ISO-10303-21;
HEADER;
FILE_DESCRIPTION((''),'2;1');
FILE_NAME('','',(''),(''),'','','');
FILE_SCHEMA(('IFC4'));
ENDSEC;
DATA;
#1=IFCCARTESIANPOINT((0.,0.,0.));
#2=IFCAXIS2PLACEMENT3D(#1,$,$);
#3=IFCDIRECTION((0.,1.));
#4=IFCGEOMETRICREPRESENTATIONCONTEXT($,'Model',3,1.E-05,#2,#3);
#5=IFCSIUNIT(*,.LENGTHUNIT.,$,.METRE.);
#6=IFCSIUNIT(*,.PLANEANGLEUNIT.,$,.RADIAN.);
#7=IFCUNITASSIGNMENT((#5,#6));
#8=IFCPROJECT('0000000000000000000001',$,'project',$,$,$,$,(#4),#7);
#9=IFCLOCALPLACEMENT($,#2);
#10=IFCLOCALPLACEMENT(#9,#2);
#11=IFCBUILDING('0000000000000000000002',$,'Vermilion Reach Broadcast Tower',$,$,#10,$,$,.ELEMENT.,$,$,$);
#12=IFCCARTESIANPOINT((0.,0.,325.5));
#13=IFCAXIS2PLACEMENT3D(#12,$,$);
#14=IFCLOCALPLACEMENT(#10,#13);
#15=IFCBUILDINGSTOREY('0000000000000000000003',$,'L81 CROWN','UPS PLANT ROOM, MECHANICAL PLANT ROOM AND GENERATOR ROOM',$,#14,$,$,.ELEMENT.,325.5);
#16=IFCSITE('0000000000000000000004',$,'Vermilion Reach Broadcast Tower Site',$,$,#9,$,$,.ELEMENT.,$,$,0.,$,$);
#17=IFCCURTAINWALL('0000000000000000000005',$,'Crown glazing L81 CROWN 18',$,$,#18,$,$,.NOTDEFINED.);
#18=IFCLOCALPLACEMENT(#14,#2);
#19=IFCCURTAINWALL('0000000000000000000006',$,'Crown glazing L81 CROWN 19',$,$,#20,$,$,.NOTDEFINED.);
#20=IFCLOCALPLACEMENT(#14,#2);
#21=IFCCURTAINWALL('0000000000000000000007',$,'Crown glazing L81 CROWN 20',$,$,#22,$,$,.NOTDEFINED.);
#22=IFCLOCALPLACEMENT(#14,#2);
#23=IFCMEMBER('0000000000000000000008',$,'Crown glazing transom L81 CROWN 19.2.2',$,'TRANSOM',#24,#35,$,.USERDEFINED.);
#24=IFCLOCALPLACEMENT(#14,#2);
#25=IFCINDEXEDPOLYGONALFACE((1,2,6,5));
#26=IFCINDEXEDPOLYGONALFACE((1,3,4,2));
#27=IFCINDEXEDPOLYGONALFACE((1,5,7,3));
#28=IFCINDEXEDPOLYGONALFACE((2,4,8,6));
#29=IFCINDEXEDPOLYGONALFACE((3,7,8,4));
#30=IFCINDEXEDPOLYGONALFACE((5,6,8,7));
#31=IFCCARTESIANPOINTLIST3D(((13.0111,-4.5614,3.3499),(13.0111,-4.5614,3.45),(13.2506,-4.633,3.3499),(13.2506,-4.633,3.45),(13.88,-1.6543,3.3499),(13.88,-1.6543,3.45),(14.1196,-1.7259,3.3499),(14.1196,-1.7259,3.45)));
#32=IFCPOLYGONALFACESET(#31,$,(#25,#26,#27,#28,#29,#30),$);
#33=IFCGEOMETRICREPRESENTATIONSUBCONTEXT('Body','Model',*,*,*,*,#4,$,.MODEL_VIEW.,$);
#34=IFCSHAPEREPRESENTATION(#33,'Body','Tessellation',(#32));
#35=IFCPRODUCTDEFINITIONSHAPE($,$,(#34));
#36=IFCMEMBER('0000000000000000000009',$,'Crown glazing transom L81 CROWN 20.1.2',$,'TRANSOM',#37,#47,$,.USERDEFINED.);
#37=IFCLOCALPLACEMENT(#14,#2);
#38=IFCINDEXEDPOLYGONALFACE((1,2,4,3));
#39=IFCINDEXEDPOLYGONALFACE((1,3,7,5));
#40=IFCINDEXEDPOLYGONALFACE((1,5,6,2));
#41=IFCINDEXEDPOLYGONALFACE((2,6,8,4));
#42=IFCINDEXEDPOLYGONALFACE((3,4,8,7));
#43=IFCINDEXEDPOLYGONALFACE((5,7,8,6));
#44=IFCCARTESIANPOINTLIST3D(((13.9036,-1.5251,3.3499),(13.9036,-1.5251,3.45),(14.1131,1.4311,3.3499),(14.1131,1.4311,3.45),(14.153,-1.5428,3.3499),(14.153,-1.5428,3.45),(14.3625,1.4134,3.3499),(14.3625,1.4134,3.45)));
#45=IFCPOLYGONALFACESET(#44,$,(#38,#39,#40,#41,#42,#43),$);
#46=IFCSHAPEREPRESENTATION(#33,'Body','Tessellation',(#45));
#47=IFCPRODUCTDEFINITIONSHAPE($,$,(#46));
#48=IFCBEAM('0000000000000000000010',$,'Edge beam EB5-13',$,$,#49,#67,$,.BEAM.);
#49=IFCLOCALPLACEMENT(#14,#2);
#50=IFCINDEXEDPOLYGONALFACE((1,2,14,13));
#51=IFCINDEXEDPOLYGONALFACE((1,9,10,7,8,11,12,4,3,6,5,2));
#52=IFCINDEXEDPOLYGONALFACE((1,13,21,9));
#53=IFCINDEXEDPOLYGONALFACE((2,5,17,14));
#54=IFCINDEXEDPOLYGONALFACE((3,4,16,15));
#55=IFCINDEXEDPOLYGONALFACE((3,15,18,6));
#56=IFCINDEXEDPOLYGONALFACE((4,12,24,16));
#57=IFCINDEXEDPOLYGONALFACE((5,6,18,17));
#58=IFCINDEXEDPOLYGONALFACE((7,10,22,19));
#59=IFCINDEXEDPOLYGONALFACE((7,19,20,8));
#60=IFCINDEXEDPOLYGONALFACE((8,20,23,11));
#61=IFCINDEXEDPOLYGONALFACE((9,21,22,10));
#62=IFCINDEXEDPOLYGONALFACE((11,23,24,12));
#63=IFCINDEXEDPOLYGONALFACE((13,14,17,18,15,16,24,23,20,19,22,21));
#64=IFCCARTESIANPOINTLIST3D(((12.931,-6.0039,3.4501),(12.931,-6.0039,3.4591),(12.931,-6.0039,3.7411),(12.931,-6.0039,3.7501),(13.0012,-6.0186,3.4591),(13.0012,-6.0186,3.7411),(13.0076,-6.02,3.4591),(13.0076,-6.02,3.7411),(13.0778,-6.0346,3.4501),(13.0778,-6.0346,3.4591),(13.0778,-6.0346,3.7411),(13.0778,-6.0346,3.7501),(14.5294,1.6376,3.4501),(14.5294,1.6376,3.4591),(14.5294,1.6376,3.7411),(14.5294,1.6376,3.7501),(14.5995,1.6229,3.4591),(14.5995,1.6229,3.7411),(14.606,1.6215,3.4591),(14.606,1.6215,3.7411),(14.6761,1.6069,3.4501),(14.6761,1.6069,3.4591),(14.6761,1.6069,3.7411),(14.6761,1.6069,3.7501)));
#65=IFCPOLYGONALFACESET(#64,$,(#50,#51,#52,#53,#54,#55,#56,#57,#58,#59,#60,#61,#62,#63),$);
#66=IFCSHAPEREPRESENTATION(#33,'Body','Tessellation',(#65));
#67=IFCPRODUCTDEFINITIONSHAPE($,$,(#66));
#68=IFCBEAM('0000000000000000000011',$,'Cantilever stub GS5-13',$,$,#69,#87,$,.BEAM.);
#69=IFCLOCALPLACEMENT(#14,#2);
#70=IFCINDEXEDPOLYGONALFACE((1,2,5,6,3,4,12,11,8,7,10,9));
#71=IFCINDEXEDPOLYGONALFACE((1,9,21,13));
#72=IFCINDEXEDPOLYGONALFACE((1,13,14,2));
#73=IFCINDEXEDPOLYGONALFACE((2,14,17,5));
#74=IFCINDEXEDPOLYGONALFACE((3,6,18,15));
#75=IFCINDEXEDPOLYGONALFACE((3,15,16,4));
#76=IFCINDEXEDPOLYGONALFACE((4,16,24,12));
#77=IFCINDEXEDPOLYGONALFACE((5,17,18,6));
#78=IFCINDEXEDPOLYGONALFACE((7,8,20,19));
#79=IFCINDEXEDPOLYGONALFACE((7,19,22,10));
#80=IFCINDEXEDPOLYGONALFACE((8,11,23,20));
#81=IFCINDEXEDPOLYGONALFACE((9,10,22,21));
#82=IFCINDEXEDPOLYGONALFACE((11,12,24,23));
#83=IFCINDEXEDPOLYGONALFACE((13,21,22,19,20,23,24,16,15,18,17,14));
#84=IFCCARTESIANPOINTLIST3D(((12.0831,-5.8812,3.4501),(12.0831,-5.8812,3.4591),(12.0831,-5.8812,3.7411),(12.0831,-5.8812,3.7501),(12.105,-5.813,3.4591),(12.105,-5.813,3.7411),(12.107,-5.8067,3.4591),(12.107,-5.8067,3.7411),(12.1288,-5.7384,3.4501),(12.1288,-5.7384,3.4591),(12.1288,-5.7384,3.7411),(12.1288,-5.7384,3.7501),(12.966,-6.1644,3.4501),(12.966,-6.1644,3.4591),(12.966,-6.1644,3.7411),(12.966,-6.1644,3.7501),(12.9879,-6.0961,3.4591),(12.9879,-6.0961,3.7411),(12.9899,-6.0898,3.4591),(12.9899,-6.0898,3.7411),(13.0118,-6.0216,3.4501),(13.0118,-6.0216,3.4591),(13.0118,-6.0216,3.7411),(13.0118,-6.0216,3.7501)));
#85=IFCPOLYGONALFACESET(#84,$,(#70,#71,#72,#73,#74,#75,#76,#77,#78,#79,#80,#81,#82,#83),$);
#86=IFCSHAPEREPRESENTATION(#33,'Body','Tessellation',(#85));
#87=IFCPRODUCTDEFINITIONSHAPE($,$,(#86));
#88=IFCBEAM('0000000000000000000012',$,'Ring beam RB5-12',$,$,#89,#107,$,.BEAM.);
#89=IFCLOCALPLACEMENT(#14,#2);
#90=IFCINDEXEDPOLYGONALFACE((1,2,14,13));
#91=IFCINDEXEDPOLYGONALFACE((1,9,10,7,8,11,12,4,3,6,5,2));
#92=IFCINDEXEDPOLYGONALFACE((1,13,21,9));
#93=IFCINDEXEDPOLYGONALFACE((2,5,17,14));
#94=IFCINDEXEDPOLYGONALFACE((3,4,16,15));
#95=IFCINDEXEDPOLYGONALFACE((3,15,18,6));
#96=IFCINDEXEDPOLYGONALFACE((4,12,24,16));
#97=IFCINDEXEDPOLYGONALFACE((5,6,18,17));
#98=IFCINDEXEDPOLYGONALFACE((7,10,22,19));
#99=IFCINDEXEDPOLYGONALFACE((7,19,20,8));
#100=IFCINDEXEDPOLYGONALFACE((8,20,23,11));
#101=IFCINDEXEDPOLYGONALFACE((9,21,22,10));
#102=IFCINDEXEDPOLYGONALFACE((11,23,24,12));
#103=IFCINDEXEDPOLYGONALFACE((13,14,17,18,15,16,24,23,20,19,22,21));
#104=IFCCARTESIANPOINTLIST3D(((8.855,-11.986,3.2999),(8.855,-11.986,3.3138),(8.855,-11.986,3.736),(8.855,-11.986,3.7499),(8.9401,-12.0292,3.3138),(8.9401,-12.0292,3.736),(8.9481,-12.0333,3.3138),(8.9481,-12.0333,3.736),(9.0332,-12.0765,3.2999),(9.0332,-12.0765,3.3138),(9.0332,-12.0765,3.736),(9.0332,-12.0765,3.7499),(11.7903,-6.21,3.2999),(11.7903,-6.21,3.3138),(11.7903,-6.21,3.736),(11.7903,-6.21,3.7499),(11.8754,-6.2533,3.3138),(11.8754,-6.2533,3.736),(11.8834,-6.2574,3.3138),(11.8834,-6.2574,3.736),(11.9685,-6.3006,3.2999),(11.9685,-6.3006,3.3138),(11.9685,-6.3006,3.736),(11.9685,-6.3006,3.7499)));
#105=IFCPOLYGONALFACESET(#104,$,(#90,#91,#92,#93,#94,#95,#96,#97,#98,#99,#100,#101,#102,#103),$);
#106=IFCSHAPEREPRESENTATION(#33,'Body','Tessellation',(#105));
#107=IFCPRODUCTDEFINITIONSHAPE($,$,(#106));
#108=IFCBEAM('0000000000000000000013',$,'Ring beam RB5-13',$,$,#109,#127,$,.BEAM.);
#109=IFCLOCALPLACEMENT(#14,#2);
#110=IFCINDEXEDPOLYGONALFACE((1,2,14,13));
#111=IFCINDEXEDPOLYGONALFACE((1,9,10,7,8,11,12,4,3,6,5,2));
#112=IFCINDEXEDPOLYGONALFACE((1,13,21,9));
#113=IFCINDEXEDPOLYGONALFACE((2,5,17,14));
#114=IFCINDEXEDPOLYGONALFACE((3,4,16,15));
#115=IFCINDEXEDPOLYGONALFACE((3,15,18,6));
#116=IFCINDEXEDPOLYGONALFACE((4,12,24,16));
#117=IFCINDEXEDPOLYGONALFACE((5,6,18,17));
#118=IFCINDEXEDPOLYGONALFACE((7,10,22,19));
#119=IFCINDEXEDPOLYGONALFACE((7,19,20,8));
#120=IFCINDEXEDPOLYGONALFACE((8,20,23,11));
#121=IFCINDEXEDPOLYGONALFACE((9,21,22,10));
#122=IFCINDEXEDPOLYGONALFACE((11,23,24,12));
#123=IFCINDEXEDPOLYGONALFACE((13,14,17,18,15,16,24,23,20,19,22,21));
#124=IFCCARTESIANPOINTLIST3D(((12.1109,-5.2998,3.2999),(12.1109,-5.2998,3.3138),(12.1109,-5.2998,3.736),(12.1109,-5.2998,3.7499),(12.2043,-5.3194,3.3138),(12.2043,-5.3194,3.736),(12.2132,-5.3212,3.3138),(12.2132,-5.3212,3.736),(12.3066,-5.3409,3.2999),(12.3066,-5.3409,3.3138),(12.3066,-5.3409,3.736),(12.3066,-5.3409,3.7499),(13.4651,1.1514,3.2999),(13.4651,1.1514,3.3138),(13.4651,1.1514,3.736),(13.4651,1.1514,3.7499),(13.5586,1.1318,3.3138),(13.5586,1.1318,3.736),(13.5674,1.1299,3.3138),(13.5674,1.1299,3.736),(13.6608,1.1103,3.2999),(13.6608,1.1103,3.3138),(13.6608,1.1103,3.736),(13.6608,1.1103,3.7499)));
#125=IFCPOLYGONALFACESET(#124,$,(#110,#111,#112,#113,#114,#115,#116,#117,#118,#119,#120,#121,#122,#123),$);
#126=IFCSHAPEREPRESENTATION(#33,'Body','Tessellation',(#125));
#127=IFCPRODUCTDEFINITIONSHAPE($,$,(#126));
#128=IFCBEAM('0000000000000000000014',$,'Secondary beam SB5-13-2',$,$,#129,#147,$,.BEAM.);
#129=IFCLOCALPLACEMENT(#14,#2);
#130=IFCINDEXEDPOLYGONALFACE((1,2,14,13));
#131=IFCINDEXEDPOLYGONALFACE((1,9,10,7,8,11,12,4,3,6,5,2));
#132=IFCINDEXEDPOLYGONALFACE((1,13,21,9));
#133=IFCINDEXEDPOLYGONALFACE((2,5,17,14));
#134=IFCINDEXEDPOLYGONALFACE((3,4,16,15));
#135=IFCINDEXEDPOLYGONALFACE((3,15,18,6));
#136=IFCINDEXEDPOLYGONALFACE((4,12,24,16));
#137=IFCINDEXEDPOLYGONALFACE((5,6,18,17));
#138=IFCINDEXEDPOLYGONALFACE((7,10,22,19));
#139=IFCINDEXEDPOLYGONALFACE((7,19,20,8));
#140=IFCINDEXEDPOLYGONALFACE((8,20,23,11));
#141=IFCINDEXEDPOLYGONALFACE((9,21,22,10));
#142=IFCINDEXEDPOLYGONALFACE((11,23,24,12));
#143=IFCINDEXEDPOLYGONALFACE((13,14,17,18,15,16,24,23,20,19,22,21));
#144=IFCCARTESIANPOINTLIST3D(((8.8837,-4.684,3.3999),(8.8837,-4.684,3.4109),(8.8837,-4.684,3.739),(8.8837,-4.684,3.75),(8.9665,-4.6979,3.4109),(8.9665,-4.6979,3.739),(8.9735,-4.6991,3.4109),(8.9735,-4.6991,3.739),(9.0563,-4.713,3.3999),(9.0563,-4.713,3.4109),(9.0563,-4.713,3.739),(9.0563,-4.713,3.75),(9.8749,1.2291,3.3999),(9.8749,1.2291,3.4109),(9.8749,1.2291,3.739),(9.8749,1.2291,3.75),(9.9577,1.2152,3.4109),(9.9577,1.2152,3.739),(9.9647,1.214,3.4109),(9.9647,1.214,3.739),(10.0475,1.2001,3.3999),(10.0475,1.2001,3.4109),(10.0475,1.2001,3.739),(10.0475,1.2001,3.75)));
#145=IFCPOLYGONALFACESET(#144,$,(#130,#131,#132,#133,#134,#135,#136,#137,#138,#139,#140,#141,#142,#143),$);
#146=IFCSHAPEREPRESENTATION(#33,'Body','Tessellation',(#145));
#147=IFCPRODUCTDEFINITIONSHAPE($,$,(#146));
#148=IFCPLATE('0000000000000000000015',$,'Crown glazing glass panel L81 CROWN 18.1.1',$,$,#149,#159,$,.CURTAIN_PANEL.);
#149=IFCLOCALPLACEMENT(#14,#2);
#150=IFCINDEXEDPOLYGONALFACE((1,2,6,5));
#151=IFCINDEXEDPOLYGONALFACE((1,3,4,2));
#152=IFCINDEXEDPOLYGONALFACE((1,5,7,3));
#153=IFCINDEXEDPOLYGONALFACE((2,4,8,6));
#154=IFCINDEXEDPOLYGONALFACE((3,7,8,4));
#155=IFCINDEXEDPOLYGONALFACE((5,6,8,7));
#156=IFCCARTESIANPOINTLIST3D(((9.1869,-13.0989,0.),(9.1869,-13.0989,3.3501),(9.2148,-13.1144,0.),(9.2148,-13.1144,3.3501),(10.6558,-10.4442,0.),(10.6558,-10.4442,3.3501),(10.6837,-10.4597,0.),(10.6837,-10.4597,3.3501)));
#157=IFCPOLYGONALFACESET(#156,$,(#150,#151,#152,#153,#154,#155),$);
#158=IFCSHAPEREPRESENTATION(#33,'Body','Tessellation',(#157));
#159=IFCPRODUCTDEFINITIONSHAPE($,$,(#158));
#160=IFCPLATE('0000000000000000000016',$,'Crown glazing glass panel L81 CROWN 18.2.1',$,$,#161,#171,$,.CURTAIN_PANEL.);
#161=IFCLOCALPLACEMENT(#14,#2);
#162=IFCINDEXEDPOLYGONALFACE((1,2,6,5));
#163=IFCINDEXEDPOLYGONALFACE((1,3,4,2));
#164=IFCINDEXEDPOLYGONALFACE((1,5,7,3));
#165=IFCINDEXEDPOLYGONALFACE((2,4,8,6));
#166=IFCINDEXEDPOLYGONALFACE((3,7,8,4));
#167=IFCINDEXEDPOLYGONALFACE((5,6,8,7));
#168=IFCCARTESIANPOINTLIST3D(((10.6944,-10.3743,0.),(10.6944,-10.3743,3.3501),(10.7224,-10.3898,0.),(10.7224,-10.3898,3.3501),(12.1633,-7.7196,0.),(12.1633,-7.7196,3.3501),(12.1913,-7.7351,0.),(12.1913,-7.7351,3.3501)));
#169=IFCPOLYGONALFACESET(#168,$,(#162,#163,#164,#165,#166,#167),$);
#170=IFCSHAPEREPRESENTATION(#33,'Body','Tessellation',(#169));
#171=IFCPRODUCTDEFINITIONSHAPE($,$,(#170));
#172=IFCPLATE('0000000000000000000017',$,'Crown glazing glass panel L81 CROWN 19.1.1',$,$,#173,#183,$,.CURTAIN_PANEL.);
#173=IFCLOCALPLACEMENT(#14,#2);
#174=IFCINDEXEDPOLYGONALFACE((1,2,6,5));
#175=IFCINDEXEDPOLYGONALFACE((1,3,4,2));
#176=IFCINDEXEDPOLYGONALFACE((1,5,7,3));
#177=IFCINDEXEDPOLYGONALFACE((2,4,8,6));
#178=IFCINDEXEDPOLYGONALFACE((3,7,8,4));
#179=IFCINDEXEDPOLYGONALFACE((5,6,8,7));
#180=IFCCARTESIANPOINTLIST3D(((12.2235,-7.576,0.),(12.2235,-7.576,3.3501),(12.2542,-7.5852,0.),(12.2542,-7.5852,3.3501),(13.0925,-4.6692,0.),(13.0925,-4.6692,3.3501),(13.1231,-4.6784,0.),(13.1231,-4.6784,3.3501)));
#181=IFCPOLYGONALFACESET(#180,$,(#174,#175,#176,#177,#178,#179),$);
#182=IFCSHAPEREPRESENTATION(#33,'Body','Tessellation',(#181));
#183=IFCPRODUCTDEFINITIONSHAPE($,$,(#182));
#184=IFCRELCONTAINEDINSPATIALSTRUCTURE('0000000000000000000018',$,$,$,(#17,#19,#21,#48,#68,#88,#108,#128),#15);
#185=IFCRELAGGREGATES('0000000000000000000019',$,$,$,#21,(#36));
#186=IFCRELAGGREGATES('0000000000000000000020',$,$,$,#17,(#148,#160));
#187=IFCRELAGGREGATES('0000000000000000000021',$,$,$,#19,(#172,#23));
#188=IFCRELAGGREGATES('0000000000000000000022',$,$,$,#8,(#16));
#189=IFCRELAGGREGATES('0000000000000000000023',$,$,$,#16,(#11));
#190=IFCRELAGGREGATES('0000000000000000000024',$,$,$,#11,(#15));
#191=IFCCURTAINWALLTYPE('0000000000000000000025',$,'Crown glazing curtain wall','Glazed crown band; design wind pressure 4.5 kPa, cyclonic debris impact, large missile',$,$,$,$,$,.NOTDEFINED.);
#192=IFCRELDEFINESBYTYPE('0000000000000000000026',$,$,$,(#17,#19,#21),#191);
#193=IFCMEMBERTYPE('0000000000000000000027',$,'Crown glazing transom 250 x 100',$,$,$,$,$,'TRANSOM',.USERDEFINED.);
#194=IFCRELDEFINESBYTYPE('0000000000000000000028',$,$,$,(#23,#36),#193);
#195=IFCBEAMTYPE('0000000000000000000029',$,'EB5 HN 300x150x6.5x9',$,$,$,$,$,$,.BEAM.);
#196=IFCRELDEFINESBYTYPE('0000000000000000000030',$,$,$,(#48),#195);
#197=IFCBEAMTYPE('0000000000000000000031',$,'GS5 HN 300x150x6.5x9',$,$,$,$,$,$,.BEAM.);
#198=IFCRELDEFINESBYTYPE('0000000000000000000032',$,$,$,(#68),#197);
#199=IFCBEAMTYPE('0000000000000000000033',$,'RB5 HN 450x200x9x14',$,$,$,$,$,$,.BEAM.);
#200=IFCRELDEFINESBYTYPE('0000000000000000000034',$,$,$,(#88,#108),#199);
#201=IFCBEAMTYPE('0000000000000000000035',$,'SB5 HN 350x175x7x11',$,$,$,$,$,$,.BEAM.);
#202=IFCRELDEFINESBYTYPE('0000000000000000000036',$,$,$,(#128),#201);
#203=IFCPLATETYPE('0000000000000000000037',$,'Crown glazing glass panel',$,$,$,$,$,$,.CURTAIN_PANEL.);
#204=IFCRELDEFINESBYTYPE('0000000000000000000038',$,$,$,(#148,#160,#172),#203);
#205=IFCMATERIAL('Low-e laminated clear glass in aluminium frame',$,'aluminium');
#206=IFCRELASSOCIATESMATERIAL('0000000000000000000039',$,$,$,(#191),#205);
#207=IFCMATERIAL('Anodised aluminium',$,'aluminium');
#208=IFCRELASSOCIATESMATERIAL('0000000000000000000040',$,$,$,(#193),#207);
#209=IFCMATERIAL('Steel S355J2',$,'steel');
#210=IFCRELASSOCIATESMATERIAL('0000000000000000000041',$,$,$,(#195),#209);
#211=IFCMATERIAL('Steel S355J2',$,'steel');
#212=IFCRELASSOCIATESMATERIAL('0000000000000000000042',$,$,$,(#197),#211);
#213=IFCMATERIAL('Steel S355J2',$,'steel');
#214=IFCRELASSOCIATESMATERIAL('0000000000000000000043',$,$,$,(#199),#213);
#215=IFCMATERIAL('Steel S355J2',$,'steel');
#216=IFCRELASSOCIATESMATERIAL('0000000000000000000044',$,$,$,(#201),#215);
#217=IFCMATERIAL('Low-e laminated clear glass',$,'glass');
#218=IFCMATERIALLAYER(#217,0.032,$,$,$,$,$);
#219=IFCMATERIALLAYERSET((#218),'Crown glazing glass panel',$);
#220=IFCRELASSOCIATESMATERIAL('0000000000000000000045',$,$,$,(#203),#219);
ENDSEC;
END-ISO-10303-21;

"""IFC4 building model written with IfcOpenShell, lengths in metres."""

from ifc_helpers import new_model, si_unit, direction, frame, origin, origin_2d, place, context, subcontext, project, spatial, rectangle, i_section, extrude, material, layer, layer_set, material_profile, profile_set, type_object, element, aggregate, save


model = new_model("IFC4")

# Units and contexts
model_context = context("Model", 3, precision=1e-05, world=origin(), true_north=direction((0.0, 1.0)))
body_context = subcontext(model_context, "Body", "Model", "MODEL_VIEW")
ifc_project = project(units=[si_unit("LENGTHUNIT", "METRE"), si_unit("PLANEANGLEUNIT", "RADIAN")], contexts=[model_context])

# Site, building, storey
site_placement = place(None, origin())
site = spatial("IfcSite", under=ifc_project, at=site_placement, Name="Vermilion Reach Broadcast Tower Site", CompositionType="ELEMENT", RefElevation=0.0)
building_placement = place(site_placement, origin())
building = spatial("IfcBuilding", under=site, at=building_placement, Name="Vermilion Reach Broadcast Tower", CompositionType="ELEMENT")
storey_placement = place(building_placement, frame((0.0, 0.0, 325.5)))
storey = spatial("IfcBuildingStorey", under=building, at=storey_placement, Name="L81 CROWN", Description="UPS PLANT ROOM, MECHANICAL PLANT ROOM AND GENERATOR ROOM", CompositionType="ELEMENT", Elevation=325.5)

# Curtain walls
ifc_material_1 = material(Name="Low-e laminated clear glass in aluminium frame", Category="aluminium")
curtain_wall_type = type_object("IfcCurtainWallType", Name="Crown glazing curtain wall", Description="Glazed crown band; design wind pressure 4.5 kPa, cyclonic debris impact, large missile", PredefinedType="NOTDEFINED", material=ifc_material_1)
placement = place(storey_placement, origin())
curtain_wall_1 = element("IfcCurtainWall", 1, at=placement, inside=storey, type_object=curtain_wall_type, Name="Crown glazing L81 CROWN 18", PredefinedType="NOTDEFINED")
curtain_wall_2 = element("IfcCurtainWall", 2, at=placement, inside=storey, type_object=curtain_wall_type, Name="Crown glazing L81 CROWN 19", PredefinedType="NOTDEFINED")

# Curtain wall
curtain_wall_3 = element("IfcCurtainWall", 3, at=placement, inside=storey, type_object=curtain_wall_type, Name="Crown glazing L81 CROWN 20", PredefinedType="NOTDEFINED")

# Members
ifc_material_2 = material(Name="Anodised aluminium", Category="aluminium")
ifc_material_profile_1 = material_profile(ifc_material_2, rectangle(XDim=0.25, YDim=0.1001, at=origin_2d()), Name="Crown glazing transom 250 x 100")
ifc_profile_set_1 = profile_set([ifc_material_profile_1], Name="Anodised aluminium")
member_type_1 = type_object("IfcMemberType", Name="Crown glazing transom 250 x 100", ElementType="TRANSOM", PredefinedType="USERDEFINED", material=ifc_profile_set_1)
member_1_placement = place(storey_placement, frame((13.1309, -4.5972, 3.3999), z_axis=(0.286381, 0.958116, 0.0), x_axis=(-0.958116, 0.286381, 0.0)))
member_1 = element("IfcMember", 4, at=member_1_placement, type_object=member_type_1, Name="Crown glazing transom L81 CROWN 19.2.2", ObjectType="TRANSOM", PredefinedType="USERDEFINED", context=body_context, shape_type="SweptSolid", body=[
    extrude(rectangle(XDim=0.25, YDim=0.1001, at=origin_2d()), origin(), (0.0, 0.0, 1.0), 3.0342),
])
member_2_placement = place(storey_placement, frame((14.0283, -1.5339, 3.3999), z_axis=(0.070679, 0.997499, 0.0), x_axis=(-0.997499, 0.070679, 0.0)))
member_2 = element("IfcMember", 5, at=member_2_placement, type_object=member_type_1, Name="Crown glazing transom L81 CROWN 20.1.2", ObjectType="TRANSOM", PredefinedType="USERDEFINED", context=body_context, shape_type="SweptSolid", body=[
    extrude(rectangle(XDim=0.25, YDim=0.1001, at=origin_2d()), origin(), (0.0, 0.0, 1.0), 2.9636),
])
aggregate(curtain_wall_3, [member_2])

# Beams
ifc_material_3 = material(Name="Steel S355J2", Category="steel")
ifc_material_profile_2 = material_profile(ifc_material_3, i_section(OverallWidth=0.1499, OverallDepth=0.3, WebThickness=0.0066, FlangeThickness=0.009, at=origin_2d()), Name="S355J2 HN 300x150x6.5x9")
ifc_profile_set_2 = profile_set([ifc_material_profile_2], Name="Steel S355J2")
beam_type_1 = type_object("IfcBeamType", Name="EB5 HN 300x150x6.5x9", PredefinedType="BEAM", material=ifc_profile_set_2)
beam_1_placement = place(storey_placement, frame((13.0044, -6.0193, 3.6001), z_axis=(0.204738, 0.978817, 0.0), x_axis=(-0.978817, 0.204738, 0.0)))
element("IfcBeam", 6, at=beam_1_placement, inside=storey, type_object=beam_type_1, Name="Edge beam EB5-13", PredefinedType="BEAM", context=body_context, shape_type="SweptSolid", body=[
    extrude(i_section(OverallWidth=0.1499, OverallDepth=0.3, WebThickness=0.0066, FlangeThickness=0.009, at=origin_2d()), origin(), (0.0, 0.0, 1.0), 7.8069),
])
ifc_material_4 = material(Name="Steel S355J2", Category="steel")
ifc_material_profile_3 = material_profile(ifc_material_4, i_section(OverallWidth=0.1499, OverallDepth=0.3, WebThickness=0.0066, FlangeThickness=0.009, at=origin_2d()), Name="S355J2 HN 300x150x6.5x9")
ifc_profile_set_3 = profile_set([ifc_material_profile_3], Name="Steel S355J2")
beam_type_2 = type_object("IfcBeamType", Name="GS5 HN 300x150x6.5x9", PredefinedType="BEAM", material=ifc_profile_set_3)
beam_2_placement = place(storey_placement, frame((12.106, -5.8098, 3.6001), z_axis=(0.952228, -0.305387, 0.0), x_axis=(0.305387, 0.952228, 0.0)))
element("IfcBeam", 7, at=beam_2_placement, inside=storey, type_object=beam_type_2, Name="Cantilever stub GS5-13", PredefinedType="BEAM", context=body_context, shape_type="SweptSolid", body=[
    extrude(i_section(OverallWidth=0.1499, OverallDepth=0.3, WebThickness=0.0066, FlangeThickness=0.009, at=origin_2d()), origin(), (0.0, 0.0, 1.0), 0.9272),
])
ifc_material_5 = material(Name="Steel S355J2", Category="steel")
ifc_material_profile_4 = material_profile(ifc_material_5, i_section(OverallWidth=0.2, OverallDepth=0.45, WebThickness=0.009, FlangeThickness=0.0139, at=origin_2d()), Name="S355J2 HN 450x200x9x14")
ifc_profile_set_4 = profile_set([ifc_material_profile_4], Name="Steel S355J2")
beam_type_3 = type_object("IfcBeamType", Name="RB5 HN 450x200x9x14", PredefinedType="BEAM", material=ifc_profile_set_4)
beam_3_placement = place(storey_placement, frame((8.9441, -12.0312, 3.5249), z_axis=(0.453052, 0.891484, 0.0), x_axis=(-0.891484, 0.453052, 0.0)))
element("IfcBeam", 8, at=beam_3_placement, inside=storey, type_object=beam_type_3, Name="Ring beam RB5-12", PredefinedType="BEAM", context=body_context, shape_type="SweptSolid", body=[
    extrude(i_section(OverallWidth=0.2, OverallDepth=0.45, WebThickness=0.009, FlangeThickness=0.0139, at=origin_2d()), origin(), (0.0, 0.0, 1.0), 6.479),
])
beam_4_placement = place(storey_placement, frame((12.2087, -5.3203, 3.5249), z_axis=(0.205445, 0.978669, 0.0), x_axis=(-0.978669, 0.205445, 0.0)))
element("IfcBeam", 9, at=beam_4_placement, inside=storey, type_object=beam_type_3, Name="Ring beam RB5-13", PredefinedType="BEAM", context=body_context, shape_type="SweptSolid", body=[
    extrude(i_section(OverallWidth=0.2, OverallDepth=0.45, WebThickness=0.009, FlangeThickness=0.0139, at=origin_2d()), origin(), (0.0, 0.0, 1.0), 6.5918),
])
ifc_material_6 = material(Name="Steel S355J2", Category="steel")
ifc_material_profile_5 = material_profile(ifc_material_6, i_section(OverallWidth=0.175, OverallDepth=0.3501, WebThickness=0.0071, FlangeThickness=0.011, at=origin_2d()), Name="S355J2 HN 350x175x7x11")
ifc_profile_set_5 = profile_set([ifc_material_profile_5], Name="Steel S355J2")
beam_type_4 = type_object("IfcBeamType", Name="SB5 HN 350x175x7x11", PredefinedType="BEAM", material=ifc_profile_set_5)
beam_5_placement = place(storey_placement, frame((8.97, -4.6985, 3.575), z_axis=(0.165323, 0.986239, 0.0), x_axis=(-0.986239, 0.165323, 0.0)))
element("IfcBeam", 10, at=beam_5_placement, inside=storey, type_object=beam_type_4, Name="Secondary beam SB5-13-2", PredefinedType="BEAM", context=body_context, shape_type="SweptSolid", body=[
    extrude(i_section(OverallWidth=0.175, OverallDepth=0.3501, WebThickness=0.0071, FlangeThickness=0.011, at=origin_2d()), origin(), (0.0, 0.0, 1.0), 5.9956),
])

# Plates
ifc_material_7 = material(Name="Low-e laminated clear glass", Category="glass")
ifc_layer_1 = layer(ifc_material_7, 0.032)
ifc_layer_set_1 = layer_set([ifc_layer_1], Name="Crown glazing glass panel")
plate_type = type_object("IfcPlateType", Name="Crown glazing glass panel", PredefinedType="CURTAIN_PANEL", material=ifc_layer_set_1)
plate_1_placement = place(storey_placement, frame((9.9353, -11.7793, 0.0), z_axis=(0.0, 0.0, 1.0), x_axis=(0.484153, 0.874983, 0.0)))
plate_1 = element("IfcPlate", 11, at=plate_1_placement, type_object=plate_type, Name="Crown glazing glass panel L81 CROWN 18.1.1", PredefinedType="CURTAIN_PANEL", context=body_context, shape_type="SweptSolid", body=[
    extrude(rectangle(XDim=3.0339, YDim=0.032, at=origin_2d()), origin(), (0.0, 0.0, 1.0), 3.3501),
])
plate_2_placement = place(storey_placement, frame((11.4429, -9.0547, 0.0), z_axis=(0.0, 0.0, 1.0), x_axis=(0.484153, 0.874983, 0.0)))
plate_2 = element("IfcPlate", 12, at=plate_2_placement, type_object=plate_type, Name="Crown glazing glass panel L81 CROWN 18.2.1", PredefinedType="CURTAIN_PANEL", context=body_context, shape_type="SweptSolid", body=[
    extrude(rectangle(XDim=3.0339, YDim=0.032, at=origin_2d()), origin(), (0.0, 0.0, 1.0), 3.3501),
])
aggregate(curtain_wall_1, [plate_1, plate_2])
plate_3_placement = place(storey_placement, frame((12.6733, -6.1272, 0.0), z_axis=(0.0, 0.0, 1.0), x_axis=(0.286407, 0.958108, 0.0)))
plate_3 = element("IfcPlate", 13, at=plate_3_placement, type_object=plate_type, Name="Crown glazing glass panel L81 CROWN 19.1.1", PredefinedType="CURTAIN_PANEL", context=body_context, shape_type="SweptSolid", body=[
    extrude(rectangle(XDim=3.0339, YDim=0.032, at=origin_2d()), origin(), (0.0, 0.0, 1.0), 3.3501),
])
aggregate(curtain_wall_2, [plate_3, member_1])

save(model, "model.ifc")
